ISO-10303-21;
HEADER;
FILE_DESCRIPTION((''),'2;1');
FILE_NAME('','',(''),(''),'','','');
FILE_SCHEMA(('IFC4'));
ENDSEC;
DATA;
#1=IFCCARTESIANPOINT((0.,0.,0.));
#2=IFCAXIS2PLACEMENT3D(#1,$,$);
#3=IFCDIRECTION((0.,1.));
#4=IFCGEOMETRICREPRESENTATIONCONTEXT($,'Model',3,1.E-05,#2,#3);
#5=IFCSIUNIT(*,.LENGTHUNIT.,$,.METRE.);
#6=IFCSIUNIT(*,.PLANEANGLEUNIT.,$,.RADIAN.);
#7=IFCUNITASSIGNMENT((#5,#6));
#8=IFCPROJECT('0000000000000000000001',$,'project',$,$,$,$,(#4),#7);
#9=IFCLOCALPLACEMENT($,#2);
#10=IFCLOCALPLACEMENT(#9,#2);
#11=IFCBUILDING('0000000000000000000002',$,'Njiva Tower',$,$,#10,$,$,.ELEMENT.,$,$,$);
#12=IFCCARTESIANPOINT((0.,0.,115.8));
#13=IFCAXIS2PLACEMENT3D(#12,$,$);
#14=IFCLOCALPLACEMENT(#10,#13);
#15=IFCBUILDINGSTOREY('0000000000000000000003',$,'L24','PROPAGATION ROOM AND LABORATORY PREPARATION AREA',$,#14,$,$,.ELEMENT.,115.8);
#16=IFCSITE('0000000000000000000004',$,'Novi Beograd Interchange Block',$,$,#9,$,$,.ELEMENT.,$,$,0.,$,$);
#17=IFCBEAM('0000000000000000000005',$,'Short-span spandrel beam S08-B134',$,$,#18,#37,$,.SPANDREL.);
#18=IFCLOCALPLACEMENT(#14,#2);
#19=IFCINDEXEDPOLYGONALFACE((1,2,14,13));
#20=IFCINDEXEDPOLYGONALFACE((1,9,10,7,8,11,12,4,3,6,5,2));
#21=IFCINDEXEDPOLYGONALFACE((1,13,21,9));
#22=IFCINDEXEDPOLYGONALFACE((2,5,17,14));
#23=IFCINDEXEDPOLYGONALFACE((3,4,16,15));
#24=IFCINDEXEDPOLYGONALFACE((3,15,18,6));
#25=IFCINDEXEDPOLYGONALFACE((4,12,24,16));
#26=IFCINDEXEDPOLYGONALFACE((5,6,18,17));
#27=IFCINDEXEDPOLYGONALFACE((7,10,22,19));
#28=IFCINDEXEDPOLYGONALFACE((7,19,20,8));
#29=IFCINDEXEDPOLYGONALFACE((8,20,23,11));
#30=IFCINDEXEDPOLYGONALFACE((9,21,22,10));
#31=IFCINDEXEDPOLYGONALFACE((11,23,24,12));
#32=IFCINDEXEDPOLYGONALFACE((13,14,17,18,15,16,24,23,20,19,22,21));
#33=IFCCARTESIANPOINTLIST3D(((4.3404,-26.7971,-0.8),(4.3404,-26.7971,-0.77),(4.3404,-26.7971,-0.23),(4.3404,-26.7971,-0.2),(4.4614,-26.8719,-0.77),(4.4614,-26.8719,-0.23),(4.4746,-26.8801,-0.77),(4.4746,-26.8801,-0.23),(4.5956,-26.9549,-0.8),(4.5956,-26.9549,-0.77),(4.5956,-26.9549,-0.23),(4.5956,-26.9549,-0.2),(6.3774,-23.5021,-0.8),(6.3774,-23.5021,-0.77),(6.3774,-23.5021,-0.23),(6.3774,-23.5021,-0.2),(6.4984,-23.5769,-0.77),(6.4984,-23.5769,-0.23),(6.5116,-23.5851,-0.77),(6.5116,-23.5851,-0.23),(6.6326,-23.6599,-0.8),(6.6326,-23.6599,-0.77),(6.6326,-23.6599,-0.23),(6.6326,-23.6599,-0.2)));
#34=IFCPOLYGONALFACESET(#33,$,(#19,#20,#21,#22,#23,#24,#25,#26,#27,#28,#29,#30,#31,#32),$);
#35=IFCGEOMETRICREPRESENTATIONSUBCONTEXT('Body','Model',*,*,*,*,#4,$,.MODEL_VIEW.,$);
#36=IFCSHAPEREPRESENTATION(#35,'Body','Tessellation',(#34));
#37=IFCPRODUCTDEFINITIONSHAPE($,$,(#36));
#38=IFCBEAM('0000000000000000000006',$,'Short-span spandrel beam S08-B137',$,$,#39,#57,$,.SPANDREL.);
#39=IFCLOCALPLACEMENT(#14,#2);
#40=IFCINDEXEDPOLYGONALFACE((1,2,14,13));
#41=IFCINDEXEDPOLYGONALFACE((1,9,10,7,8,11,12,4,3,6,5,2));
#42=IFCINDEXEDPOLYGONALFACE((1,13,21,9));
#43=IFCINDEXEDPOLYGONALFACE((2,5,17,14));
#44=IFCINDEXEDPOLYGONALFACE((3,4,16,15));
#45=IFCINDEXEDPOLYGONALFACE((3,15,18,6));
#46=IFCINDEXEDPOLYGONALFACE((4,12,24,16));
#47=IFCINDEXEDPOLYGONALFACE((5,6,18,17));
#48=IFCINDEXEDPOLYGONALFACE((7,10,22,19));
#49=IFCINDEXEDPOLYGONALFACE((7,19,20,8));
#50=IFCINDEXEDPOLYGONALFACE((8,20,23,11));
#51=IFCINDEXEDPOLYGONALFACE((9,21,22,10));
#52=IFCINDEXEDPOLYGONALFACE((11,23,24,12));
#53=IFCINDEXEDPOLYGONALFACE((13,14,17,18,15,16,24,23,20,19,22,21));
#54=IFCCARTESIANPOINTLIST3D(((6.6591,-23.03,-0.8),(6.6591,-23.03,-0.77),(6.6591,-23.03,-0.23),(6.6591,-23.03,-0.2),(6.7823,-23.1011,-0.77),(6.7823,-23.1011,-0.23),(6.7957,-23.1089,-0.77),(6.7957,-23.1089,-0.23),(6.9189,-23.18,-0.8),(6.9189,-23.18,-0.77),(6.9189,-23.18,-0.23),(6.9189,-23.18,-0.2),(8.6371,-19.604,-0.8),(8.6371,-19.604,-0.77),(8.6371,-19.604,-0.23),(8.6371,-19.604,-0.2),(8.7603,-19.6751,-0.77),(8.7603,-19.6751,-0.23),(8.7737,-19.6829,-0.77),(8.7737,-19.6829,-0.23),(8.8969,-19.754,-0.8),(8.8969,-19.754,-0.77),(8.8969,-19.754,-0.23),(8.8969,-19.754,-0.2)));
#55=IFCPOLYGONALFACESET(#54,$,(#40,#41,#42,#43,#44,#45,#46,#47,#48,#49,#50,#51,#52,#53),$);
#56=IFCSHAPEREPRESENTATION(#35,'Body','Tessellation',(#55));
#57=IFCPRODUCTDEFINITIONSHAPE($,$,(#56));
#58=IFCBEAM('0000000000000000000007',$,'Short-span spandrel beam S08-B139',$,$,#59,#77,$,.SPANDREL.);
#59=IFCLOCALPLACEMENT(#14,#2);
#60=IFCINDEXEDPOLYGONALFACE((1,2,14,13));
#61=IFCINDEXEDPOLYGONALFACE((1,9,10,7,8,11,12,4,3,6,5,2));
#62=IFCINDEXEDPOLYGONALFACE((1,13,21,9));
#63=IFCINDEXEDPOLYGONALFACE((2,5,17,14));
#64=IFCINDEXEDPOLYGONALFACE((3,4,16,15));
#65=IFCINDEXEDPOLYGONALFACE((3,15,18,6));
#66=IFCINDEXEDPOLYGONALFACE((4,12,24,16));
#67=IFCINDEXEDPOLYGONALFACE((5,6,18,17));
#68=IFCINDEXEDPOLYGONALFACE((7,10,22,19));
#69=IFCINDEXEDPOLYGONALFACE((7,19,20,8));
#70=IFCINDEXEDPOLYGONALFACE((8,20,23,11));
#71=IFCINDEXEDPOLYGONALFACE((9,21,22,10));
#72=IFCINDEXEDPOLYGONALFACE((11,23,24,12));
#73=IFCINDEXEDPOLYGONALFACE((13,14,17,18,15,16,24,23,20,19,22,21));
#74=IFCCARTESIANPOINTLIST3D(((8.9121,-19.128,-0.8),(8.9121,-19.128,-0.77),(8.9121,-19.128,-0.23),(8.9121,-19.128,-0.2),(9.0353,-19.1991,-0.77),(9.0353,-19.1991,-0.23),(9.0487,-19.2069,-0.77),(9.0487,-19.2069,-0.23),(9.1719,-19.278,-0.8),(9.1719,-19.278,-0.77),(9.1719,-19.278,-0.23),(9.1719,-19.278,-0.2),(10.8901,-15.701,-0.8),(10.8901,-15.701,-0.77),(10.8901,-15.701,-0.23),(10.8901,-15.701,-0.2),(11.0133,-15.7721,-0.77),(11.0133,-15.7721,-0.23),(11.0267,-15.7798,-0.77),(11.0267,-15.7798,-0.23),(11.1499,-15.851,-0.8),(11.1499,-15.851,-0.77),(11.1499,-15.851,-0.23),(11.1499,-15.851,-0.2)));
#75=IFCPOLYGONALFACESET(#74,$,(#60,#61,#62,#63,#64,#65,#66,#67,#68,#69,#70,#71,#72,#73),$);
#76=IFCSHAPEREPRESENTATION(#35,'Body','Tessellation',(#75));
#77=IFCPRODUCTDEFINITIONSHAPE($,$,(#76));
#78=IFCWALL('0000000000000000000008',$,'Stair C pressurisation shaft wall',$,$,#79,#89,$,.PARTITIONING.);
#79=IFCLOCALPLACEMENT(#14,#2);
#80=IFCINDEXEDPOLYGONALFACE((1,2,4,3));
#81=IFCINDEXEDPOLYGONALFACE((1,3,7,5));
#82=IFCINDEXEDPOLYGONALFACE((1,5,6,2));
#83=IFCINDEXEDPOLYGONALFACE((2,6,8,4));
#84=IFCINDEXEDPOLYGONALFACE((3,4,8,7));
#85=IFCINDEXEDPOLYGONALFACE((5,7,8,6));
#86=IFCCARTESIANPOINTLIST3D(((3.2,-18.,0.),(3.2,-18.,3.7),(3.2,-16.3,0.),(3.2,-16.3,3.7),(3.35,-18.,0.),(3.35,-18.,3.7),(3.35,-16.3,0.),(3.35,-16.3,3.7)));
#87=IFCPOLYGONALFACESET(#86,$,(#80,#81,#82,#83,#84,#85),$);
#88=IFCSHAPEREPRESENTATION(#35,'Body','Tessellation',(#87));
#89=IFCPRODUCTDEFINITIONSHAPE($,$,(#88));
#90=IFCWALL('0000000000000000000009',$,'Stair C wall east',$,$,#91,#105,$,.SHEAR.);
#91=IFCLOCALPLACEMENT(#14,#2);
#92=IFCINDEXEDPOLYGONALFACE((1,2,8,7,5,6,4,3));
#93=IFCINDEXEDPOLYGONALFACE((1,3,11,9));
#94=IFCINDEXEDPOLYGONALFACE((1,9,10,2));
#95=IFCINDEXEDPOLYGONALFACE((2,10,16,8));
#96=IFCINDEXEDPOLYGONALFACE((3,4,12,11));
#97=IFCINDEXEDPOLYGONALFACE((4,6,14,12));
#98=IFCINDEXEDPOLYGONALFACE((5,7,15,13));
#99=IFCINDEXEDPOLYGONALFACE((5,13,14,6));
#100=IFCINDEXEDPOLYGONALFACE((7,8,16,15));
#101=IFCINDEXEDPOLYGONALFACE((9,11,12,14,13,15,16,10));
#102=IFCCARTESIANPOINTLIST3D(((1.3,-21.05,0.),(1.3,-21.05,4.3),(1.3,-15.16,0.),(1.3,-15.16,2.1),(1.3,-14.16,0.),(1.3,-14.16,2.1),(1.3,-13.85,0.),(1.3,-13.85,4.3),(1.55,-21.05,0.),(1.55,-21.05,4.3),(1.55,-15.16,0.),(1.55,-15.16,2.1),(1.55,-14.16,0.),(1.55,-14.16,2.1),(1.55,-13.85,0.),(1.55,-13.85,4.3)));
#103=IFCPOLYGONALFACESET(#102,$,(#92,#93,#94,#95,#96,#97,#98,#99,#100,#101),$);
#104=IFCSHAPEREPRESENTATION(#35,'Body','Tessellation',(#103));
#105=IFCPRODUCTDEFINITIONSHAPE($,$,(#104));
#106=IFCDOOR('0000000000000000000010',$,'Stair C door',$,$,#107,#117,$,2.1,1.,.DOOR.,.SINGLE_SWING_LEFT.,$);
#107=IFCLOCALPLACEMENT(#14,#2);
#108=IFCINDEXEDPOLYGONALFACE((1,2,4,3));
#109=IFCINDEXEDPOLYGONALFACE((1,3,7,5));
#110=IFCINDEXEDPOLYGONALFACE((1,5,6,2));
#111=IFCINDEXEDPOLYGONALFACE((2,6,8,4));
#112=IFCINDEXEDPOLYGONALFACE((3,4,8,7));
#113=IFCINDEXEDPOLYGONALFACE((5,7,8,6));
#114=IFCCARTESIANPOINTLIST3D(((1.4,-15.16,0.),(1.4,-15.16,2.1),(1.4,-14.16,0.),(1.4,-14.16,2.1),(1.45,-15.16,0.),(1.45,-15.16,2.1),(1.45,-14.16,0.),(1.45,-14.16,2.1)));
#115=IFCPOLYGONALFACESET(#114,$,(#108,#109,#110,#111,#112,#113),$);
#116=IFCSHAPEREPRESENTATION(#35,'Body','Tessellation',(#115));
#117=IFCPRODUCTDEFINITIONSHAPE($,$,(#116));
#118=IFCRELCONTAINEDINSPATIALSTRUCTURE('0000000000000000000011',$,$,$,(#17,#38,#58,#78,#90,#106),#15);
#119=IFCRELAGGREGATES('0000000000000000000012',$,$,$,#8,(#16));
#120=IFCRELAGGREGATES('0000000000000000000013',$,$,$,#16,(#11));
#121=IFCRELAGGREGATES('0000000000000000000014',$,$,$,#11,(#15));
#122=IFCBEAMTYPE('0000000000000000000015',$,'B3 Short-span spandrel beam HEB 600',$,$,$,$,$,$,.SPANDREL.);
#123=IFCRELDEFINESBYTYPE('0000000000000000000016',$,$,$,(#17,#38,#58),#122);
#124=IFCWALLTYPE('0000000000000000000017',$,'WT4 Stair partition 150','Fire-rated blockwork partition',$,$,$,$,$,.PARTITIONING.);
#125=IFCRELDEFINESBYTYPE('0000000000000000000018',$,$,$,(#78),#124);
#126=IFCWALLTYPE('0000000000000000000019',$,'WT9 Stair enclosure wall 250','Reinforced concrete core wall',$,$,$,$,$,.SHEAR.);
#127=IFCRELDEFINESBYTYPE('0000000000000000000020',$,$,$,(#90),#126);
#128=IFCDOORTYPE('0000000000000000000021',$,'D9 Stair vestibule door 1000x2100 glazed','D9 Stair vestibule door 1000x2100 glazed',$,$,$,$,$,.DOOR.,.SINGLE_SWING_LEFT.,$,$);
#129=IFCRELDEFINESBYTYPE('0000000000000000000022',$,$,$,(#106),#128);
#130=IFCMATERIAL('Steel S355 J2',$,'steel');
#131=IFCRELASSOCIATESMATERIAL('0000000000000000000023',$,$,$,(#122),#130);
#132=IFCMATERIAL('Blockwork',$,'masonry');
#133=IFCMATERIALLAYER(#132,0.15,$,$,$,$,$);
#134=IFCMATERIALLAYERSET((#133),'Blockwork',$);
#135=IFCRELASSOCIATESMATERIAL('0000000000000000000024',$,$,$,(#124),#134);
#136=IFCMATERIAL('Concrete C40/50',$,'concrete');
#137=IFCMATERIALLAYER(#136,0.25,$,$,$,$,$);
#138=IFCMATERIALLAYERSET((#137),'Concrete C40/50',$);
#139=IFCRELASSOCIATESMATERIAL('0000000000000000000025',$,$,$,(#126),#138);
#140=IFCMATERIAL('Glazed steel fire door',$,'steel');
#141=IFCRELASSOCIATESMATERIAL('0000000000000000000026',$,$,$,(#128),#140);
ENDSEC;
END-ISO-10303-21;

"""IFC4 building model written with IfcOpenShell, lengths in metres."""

from ifc_helpers import new_model, si_unit, direction, frame, frame_2d, origin, origin_2d, place, context, subcontext, project, spatial, rectangle, i_section, extrude, material, layer, layer_set, material_profile, profile_set, type_object, element, fill, save


model = new_model("IFC4")

# Units and contexts
model_context = context("Model", 3, precision=1e-05, world=origin(), true_north=direction((0.0, 1.0)))
body_context = subcontext(model_context, "Body", "Model", "MODEL_VIEW")
ifc_project = project(units=[si_unit("LENGTHUNIT", "METRE"), si_unit("PLANEANGLEUNIT", "RADIAN")], contexts=[model_context])

# Site, building, storey
site_placement = place(None, origin())
site = spatial("IfcSite", under=ifc_project, at=site_placement, Name="Novi Beograd Interchange Block", CompositionType="ELEMENT", RefElevation=0.0)
building_placement = place(site_placement, origin())
building = spatial("IfcBuilding", under=site, at=building_placement, Name="Njiva Tower", CompositionType="ELEMENT")
storey_placement = place(building_placement, frame((0.0, 0.0, 115.8)))
storey = spatial("IfcBuildingStorey", under=building, at=storey_placement, Name="L24", Description="PROPAGATION ROOM AND LABORATORY PREPARATION AREA", CompositionType="ELEMENT", Elevation=115.8)

# Shared definitions
ifc_material_1 = material(Name="Steel S355 J2", Category="steel")

# Beams
ifc_material_profile_1 = material_profile(ifc_material_1, i_section(OverallWidth=0.3, OverallDepth=0.6, WebThickness=0.0155, FlangeThickness=0.03, at=origin_2d()), Name="HEB 600")
ifc_profile_set_1 = profile_set([ifc_material_profile_1], Name="Steel S355 J2")
beam_type_1 = type_object("IfcBeamType", Name="B3 Short-span spandrel beam HEB 600", PredefinedType="SPANDREL", material=ifc_profile_set_1)
beam_1_placement = place(storey_placement, frame((4.468, -26.876, -0.5), z_axis=(0.525839, 0.850584, 0.0), x_axis=(-0.850584, 0.525839, 0.0)))
element("IfcBeam", 1, at=beam_1_placement, inside=storey, type_object=beam_type_1, Name="Short-span spandrel beam S08-B134", PredefinedType="SPANDREL", context=body_context, shape_type="SweptSolid", body=[
    extrude(i_section(OverallWidth=0.3, OverallDepth=0.6, WebThickness=0.0155, FlangeThickness=0.03, at=origin_2d()), origin(), (0.0, 0.0, 1.0), 3.8738),
])
beam_2_placement = place(storey_placement, frame((6.789, -23.105, -0.5), z_axis=(0.5, 0.866026, 0.0), x_axis=(-0.866026, 0.5, 0.0)))
element("IfcBeam", 2, at=beam_2_placement, inside=storey, type_object=beam_type_1, Name="Short-span spandrel beam S08-B137", PredefinedType="SPANDREL", context=body_context, shape_type="SweptSolid", body=[
    extrude(i_section(OverallWidth=0.3, OverallDepth=0.6, WebThickness=0.0155, FlangeThickness=0.03, at=origin_2d()), origin(), (0.0, 0.0, 1.0), 3.956),
])
beam_3_placement = place(storey_placement, frame((9.042, -19.203, -0.5), z_axis=(0.49989, 0.866089, 0.0), x_axis=(-0.866089, 0.49989, 0.0)))
element("IfcBeam", 3, at=beam_3_placement, inside=storey, type_object=beam_type_1, Name="Short-span spandrel beam S08-B139", PredefinedType="SPANDREL", context=body_context, shape_type="SweptSolid", body=[
    extrude(i_section(OverallWidth=0.3, OverallDepth=0.6, WebThickness=0.0155, FlangeThickness=0.03, at=origin_2d()), origin(), (0.0, 0.0, 1.0), 3.9569),
])

# Wall
ifc_material_2 = material(Name="Blockwork", Category="masonry")
ifc_layer_1 = layer(ifc_material_2, 0.15)
ifc_layer_set_1 = layer_set([ifc_layer_1], Name="Blockwork")
wall_type_1 = type_object("IfcWallType", Name="WT4 Stair partition 150", Description="Fire-rated blockwork partition", PredefinedType="PARTITIONING", material=ifc_layer_set_1)
wall_1_placement = place(storey_placement, frame((3.275, -18.0, 0.0), z_axis=(0.0, 0.0, 1.0), x_axis=(0.0, 1.0, 0.0)))
element("IfcWall", 4, at=wall_1_placement, inside=storey, type_object=wall_type_1, Name="Stair C pressurisation shaft wall", PredefinedType="PARTITIONING", context=body_context, shape_type="SweptSolid", body=[
    extrude(rectangle(XDim=1.7, YDim=0.15, at=frame_2d((0.85, 0.0))), origin(), (0.0, 0.0, 1.0), 3.7),
])

# Wall, opening, door
ifc_material_3 = material(Name="Concrete C40/50", Category="concrete")
ifc_layer_2 = layer(ifc_material_3, 0.25)
ifc_layer_set_2 = layer_set([ifc_layer_2], Name="Concrete C40/50")
wall_type_2 = type_object("IfcWallType", Name="WT9 Stair enclosure wall 250", Description="Reinforced concrete core wall", PredefinedType="SHEAR", material=ifc_layer_set_2)
wall_2_placement = place(storey_placement, frame((1.425, -21.05, 0.0), z_axis=(0.0, 0.0, 1.0), x_axis=(0.0, 1.0, 0.0)))
wall_2 = element("IfcWall", 5, at=wall_2_placement, inside=storey, type_object=wall_type_2, Name="Stair C wall east", PredefinedType="SHEAR", context=body_context, shape_type="SweptSolid", body=[
    extrude(rectangle(XDim=7.2, YDim=0.25, at=frame_2d((3.6, 0.0))), origin(), (0.0, 0.0, 1.0), 4.3),
])
opening_1_placement = place(wall_2_placement, frame((5.89, 0.0, 0.0)))
opening_1 = element("IfcOpeningElement", 6, at=opening_1_placement, cuts=wall_2, PredefinedType="OPENING", context=body_context, shape_type="SweptSolid", body=[
    extrude(rectangle(XDim=1.0, YDim=2.1, at=frame_2d((0.5, 1.05))), frame((0.0, 0.135, 0.0), z_axis=(0.0, -1.0, 0.0), x_axis=(1.0, 0.0, 0.0)), (0.0, 0.0, 1.0), 0.27),
])
ifc_material_4 = material(Name="Glazed steel fire door", Category="steel")
door_type = type_object("IfcDoorType", Name="D9 Stair vestibule door 1000x2100 glazed", Description="D9 Stair vestibule door 1000x2100 glazed", OperationType="SINGLE_SWING_LEFT", PredefinedType="DOOR", material=ifc_material_4)
door_placement = place(opening_1_placement, origin())
door = element("IfcDoor", 7, at=door_placement, inside=storey, type_object=door_type, Name="Stair C door", OperationType="SINGLE_SWING_LEFT", OverallHeight=2.1, OverallWidth=1.0, PredefinedType="DOOR", context=body_context, shape_type="SweptSolid", body=[
    extrude(rectangle(XDim=1.0, YDim=2.1, at=frame_2d((0.5, 1.05))), frame((0.0, 0.025, 0.0), z_axis=(0.0, -1.0, 0.0), x_axis=(1.0, 0.0, 0.0)), (0.0, 0.0, 1.0), 0.05),
])
fill(opening_1, door)

save(model, "model.ifc")
